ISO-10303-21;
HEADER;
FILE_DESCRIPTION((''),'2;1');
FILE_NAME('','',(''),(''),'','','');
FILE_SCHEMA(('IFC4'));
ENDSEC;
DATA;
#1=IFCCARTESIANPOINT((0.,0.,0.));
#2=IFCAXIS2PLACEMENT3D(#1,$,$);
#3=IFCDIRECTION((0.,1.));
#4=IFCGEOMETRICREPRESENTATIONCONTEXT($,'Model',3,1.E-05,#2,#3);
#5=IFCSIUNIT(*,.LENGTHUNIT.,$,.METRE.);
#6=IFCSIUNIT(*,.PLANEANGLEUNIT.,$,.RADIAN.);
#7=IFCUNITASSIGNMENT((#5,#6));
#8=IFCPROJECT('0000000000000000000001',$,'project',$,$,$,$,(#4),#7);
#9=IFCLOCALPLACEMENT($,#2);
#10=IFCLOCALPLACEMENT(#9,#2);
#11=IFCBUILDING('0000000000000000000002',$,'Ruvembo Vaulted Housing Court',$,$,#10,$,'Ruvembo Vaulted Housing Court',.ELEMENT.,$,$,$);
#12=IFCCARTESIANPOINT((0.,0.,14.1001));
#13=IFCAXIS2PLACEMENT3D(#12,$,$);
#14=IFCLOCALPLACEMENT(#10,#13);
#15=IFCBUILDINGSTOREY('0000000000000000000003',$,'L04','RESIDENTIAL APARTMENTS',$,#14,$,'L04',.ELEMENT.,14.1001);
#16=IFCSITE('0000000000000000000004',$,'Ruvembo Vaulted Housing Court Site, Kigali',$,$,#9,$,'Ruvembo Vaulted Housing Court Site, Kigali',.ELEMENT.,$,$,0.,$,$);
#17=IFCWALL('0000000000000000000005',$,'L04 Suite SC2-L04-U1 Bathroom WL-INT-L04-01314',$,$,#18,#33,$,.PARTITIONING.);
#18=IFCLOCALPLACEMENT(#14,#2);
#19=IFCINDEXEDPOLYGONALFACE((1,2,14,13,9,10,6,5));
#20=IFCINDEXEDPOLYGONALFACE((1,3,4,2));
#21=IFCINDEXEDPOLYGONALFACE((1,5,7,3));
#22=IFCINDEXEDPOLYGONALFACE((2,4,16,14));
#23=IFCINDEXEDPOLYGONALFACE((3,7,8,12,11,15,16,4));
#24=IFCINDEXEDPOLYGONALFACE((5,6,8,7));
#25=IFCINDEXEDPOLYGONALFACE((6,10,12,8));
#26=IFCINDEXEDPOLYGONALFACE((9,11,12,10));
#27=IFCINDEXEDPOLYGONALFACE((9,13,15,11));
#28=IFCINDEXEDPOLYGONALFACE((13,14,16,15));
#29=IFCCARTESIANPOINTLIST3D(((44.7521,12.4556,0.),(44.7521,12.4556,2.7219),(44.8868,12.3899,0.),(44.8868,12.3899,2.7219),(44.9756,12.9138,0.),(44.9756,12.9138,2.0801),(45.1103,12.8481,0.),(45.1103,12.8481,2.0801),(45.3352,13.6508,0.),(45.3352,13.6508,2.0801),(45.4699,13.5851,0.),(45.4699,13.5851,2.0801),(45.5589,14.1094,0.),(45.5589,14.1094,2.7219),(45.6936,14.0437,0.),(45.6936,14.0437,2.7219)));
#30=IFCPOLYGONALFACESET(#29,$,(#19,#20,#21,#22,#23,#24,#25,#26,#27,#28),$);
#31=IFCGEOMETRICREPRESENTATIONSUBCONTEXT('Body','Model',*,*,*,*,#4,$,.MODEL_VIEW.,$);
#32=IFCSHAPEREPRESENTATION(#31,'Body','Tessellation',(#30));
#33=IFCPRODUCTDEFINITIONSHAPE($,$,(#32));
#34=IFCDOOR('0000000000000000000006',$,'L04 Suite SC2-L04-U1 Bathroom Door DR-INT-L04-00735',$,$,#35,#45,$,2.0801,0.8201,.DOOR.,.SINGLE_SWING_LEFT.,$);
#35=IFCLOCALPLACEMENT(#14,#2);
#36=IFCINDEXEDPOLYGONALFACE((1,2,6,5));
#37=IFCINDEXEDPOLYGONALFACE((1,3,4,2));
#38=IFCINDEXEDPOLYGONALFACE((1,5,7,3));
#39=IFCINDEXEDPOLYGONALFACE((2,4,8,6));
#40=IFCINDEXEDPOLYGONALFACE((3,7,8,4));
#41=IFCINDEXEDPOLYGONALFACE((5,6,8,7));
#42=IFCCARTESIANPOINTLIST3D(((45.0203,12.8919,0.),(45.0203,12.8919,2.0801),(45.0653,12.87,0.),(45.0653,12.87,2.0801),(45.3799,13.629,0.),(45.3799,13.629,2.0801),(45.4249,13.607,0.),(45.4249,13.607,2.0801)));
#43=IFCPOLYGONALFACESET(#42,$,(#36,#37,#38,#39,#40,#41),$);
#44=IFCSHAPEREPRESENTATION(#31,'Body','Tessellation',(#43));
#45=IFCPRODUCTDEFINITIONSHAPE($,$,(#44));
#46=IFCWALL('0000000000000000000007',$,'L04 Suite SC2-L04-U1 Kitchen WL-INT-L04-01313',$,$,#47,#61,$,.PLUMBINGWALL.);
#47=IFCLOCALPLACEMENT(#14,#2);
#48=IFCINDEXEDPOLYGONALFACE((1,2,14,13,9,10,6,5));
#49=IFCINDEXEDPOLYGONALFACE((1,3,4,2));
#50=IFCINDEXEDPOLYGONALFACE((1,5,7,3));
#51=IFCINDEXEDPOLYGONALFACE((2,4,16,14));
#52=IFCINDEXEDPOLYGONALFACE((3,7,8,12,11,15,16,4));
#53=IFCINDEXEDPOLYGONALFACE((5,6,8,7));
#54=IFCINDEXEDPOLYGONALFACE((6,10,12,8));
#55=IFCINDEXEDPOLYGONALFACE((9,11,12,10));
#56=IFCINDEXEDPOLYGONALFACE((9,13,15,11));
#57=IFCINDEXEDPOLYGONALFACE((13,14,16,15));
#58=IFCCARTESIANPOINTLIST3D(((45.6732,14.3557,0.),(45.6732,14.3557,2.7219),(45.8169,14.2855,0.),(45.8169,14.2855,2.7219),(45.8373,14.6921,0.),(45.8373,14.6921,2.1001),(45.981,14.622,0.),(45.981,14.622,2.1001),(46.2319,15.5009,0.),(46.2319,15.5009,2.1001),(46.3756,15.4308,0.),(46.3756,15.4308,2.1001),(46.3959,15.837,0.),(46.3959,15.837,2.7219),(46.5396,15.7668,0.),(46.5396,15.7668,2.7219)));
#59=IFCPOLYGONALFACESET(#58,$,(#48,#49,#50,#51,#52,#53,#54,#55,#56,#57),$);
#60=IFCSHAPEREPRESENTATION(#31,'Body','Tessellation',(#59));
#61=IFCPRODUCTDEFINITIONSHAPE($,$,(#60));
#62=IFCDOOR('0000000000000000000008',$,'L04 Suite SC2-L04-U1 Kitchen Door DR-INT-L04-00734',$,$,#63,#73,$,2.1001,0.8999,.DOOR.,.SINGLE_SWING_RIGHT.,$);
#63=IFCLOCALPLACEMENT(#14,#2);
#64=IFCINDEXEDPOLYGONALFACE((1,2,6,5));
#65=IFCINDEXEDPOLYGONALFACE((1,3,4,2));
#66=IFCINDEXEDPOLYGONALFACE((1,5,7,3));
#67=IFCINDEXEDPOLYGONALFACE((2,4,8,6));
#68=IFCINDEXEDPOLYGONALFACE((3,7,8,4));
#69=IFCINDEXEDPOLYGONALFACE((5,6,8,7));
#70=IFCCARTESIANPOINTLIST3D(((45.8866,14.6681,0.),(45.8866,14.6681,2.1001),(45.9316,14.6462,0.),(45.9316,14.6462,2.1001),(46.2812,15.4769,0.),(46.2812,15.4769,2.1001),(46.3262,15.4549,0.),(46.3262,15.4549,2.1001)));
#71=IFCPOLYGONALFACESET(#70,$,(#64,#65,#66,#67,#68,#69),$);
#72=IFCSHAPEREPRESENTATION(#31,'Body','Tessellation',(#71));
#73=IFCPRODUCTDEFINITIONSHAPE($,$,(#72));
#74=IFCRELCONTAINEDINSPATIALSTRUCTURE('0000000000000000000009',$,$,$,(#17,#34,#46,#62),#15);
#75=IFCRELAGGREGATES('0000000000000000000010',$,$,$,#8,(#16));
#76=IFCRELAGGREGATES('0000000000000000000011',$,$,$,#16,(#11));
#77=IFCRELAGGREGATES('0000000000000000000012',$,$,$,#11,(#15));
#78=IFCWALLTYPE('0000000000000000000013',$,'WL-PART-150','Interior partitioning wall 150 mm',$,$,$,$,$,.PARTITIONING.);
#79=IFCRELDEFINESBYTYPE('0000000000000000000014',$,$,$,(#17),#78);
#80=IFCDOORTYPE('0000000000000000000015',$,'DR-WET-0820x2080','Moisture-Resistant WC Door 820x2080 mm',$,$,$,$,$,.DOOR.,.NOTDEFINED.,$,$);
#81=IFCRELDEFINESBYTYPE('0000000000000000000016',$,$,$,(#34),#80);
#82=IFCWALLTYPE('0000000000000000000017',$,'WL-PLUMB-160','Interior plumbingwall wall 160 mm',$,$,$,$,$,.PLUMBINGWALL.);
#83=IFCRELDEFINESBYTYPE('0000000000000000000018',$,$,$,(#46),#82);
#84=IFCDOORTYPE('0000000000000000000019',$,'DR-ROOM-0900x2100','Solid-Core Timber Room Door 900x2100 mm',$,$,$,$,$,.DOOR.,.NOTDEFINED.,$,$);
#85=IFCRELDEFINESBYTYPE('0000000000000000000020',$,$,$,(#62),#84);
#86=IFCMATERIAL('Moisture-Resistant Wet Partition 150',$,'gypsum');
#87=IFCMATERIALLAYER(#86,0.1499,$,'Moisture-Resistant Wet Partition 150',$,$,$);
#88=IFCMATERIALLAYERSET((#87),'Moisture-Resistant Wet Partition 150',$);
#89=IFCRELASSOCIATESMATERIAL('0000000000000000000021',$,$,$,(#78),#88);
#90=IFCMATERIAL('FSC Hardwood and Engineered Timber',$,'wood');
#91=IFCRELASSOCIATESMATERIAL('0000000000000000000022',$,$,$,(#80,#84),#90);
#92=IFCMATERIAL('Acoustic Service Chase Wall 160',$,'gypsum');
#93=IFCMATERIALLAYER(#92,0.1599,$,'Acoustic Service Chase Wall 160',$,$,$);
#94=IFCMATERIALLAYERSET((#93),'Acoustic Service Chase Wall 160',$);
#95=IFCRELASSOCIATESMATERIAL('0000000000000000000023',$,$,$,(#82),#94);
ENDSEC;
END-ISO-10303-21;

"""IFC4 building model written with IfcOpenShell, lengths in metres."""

from ifc_helpers import new_model, si_unit, direction, frame, frame_2d, origin, place, context, subcontext, project, spatial, rectangle, extrude, material, layer, layer_set, type_object, element, fill, save


model = new_model("IFC4")

# Units and contexts
model_context = context("Model", 3, precision=1e-05, world=origin(), true_north=direction((0.0, 1.0)))
body_context = subcontext(model_context, "Body", "Model", "MODEL_VIEW")
ifc_project = project(units=[si_unit("LENGTHUNIT", "METRE"), si_unit("PLANEANGLEUNIT", "RADIAN")], contexts=[model_context])

# Site, building, storey
site_placement = place(None, origin())
site = spatial("IfcSite", under=ifc_project, at=site_placement, Name="Ruvembo Vaulted Housing Court Site, Kigali", LongName="Ruvembo Vaulted Housing Court Site, Kigali", CompositionType="ELEMENT", RefElevation=0.0)
building_placement = place(site_placement, origin())
building = spatial("IfcBuilding", under=site, at=building_placement, Name="Ruvembo Vaulted Housing Court", LongName="Ruvembo Vaulted Housing Court", CompositionType="ELEMENT")
storey_placement = place(building_placement, frame((0.0, 0.0, 14.1001)))
storey = spatial("IfcBuildingStorey", under=building, at=storey_placement, Name="L04", Description="RESIDENTIAL APARTMENTS", LongName="L04", CompositionType="ELEMENT", Elevation=14.1001)

# Shared definitions
ifc_material_1 = material(Name="FSC Hardwood and Engineered Timber", Category="wood")

# Walls, openings, doors
ifc_material_2 = material(Name="Moisture-Resistant Wet Partition 150", Category="gypsum")
ifc_layer_1 = layer(ifc_material_2, 0.1499, Name="Moisture-Resistant Wet Partition 150")
ifc_layer_set_1 = layer_set([ifc_layer_1], Name="Moisture-Resistant Wet Partition 150")
wall_type_1 = type_object("IfcWallType", Name="WL-PART-150", Description="Interior partitioning wall 150 mm", PredefinedType="PARTITIONING", material=ifc_layer_set_1)
wall_1_placement = place(storey_placement, frame((45.6262, 14.0764, 0.0), z_axis=(0.0, 0.0, 1.0), x_axis=(-0.438489, -0.898737, 0.0)))
wall_1 = element("IfcWall", 1, at=wall_1_placement, inside=storey, type_object=wall_type_1, Name="L04 Suite SC2-L04-U1 Bathroom WL-INT-L04-01314", PredefinedType="PARTITIONING", context=body_context, shape_type="SweptSolid", body=[
    extrude(rectangle(XDim=1.8401, YDim=0.1499, at=frame_2d((0.9199, 0.0))), origin(), (0.0, 0.0, 1.0), 2.7219),
])
opening_1_placement = place(wall_1_placement, frame((0.51, 0.0, 0.0)))
opening_1 = element("IfcOpeningElement", 2, at=opening_1_placement, cuts=wall_1, PredefinedType="OPENING", context=body_context, shape_type="SweptSolid", body=[
    extrude(rectangle(XDim=0.8201, YDim=2.0801, at=frame_2d((0.4102, 1.04))), frame((0.0, 0.085, 0.0), z_axis=(0.0, -1.0, 0.0), x_axis=(1.0, 0.0, 0.0)), (0.0, 0.0, 1.0), 0.1699),
])
door_type_1 = type_object("IfcDoorType", Name="DR-WET-0820x2080", Description="Moisture-Resistant WC Door 820x2080 mm", OperationType="NOTDEFINED", PredefinedType="DOOR", material=ifc_material_1)
door_1_placement = place(opening_1_placement, origin())
door_1 = element("IfcDoor", 3, at=door_1_placement, inside=storey, type_object=door_type_1, Name="L04 Suite SC2-L04-U1 Bathroom Door DR-INT-L04-00735", OperationType="SINGLE_SWING_LEFT", OverallHeight=2.0801, OverallWidth=0.8201, PredefinedType="DOOR", context=body_context, shape_type="SweptSolid", body=[
    extrude(rectangle(XDim=0.8201, YDim=2.0801, at=frame_2d((0.4102, 1.04))), frame((0.0, 0.0249, 0.0), z_axis=(0.0, -1.0, 0.0), x_axis=(1.0, 0.0, 0.0)), (0.0, 0.0, 1.0), 0.05),
])
fill(opening_1, door_1)
ifc_material_3 = material(Name="Acoustic Service Chase Wall 160", Category="gypsum")
ifc_layer_2 = layer(ifc_material_3, 0.1599, Name="Acoustic Service Chase Wall 160")
ifc_layer_set_2 = layer_set([ifc_layer_2], Name="Acoustic Service Chase Wall 160")
wall_type_2 = type_object("IfcWallType", Name="WL-PLUMB-160", Description="Interior plumbingwall wall 160 mm", PredefinedType="PLUMBINGWALL", material=ifc_layer_set_2)
wall_2_placement = place(storey_placement, frame((46.4678, 15.802, 0.0), z_axis=(0.0, 0.0, 1.0), x_axis=(-0.438482, -0.89874, 0.0)))
wall_2 = element("IfcWall", 4, at=wall_2_placement, inside=storey, type_object=wall_type_2, Name="L04 Suite SC2-L04-U1 Kitchen WL-INT-L04-01313", PredefinedType="PLUMBINGWALL", context=body_context, shape_type="SweptSolid", body=[
    extrude(rectangle(XDim=1.6482, YDim=0.1599, at=frame_2d((0.8242, 0.0))), origin(), (0.0, 0.0, 1.0), 2.7219),
])
opening_2_placement = place(wall_2_placement, frame((0.374, 0.0, 0.0)))
opening_2 = element("IfcOpeningElement", 5, at=opening_2_placement, cuts=wall_2, PredefinedType="OPENING", context=body_context, shape_type="SweptSolid", body=[
    extrude(rectangle(XDim=0.8999, YDim=2.1001, at=frame_2d((0.45, 1.05))), frame((0.0, 0.0898, 0.0), z_axis=(0.0, -1.0, 0.0), x_axis=(1.0, 0.0, 0.0)), (0.0, 0.0, 1.0), 0.1799),
])
door_type_2 = type_object("IfcDoorType", Name="DR-ROOM-0900x2100", Description="Solid-Core Timber Room Door 900x2100 mm", OperationType="NOTDEFINED", PredefinedType="DOOR", material=ifc_material_1)
door_2_placement = place(opening_2_placement, origin())
door_2 = element("IfcDoor", 6, at=door_2_placement, inside=storey, type_object=door_type_2, Name="L04 Suite SC2-L04-U1 Kitchen Door DR-INT-L04-00734", OperationType="SINGLE_SWING_RIGHT", OverallHeight=2.1001, OverallWidth=0.8999, PredefinedType="DOOR", context=body_context, shape_type="SweptSolid", body=[
    extrude(rectangle(XDim=0.8999, YDim=2.1001, at=frame_2d((0.45, 1.05))), frame((0.0, 0.0249, 0.0), z_axis=(0.0, -1.0, 0.0), x_axis=(1.0, 0.0, 0.0)), (0.0, 0.0, 1.0), 0.05),
])
fill(opening_2, door_2)

save(model, "model.ifc")
